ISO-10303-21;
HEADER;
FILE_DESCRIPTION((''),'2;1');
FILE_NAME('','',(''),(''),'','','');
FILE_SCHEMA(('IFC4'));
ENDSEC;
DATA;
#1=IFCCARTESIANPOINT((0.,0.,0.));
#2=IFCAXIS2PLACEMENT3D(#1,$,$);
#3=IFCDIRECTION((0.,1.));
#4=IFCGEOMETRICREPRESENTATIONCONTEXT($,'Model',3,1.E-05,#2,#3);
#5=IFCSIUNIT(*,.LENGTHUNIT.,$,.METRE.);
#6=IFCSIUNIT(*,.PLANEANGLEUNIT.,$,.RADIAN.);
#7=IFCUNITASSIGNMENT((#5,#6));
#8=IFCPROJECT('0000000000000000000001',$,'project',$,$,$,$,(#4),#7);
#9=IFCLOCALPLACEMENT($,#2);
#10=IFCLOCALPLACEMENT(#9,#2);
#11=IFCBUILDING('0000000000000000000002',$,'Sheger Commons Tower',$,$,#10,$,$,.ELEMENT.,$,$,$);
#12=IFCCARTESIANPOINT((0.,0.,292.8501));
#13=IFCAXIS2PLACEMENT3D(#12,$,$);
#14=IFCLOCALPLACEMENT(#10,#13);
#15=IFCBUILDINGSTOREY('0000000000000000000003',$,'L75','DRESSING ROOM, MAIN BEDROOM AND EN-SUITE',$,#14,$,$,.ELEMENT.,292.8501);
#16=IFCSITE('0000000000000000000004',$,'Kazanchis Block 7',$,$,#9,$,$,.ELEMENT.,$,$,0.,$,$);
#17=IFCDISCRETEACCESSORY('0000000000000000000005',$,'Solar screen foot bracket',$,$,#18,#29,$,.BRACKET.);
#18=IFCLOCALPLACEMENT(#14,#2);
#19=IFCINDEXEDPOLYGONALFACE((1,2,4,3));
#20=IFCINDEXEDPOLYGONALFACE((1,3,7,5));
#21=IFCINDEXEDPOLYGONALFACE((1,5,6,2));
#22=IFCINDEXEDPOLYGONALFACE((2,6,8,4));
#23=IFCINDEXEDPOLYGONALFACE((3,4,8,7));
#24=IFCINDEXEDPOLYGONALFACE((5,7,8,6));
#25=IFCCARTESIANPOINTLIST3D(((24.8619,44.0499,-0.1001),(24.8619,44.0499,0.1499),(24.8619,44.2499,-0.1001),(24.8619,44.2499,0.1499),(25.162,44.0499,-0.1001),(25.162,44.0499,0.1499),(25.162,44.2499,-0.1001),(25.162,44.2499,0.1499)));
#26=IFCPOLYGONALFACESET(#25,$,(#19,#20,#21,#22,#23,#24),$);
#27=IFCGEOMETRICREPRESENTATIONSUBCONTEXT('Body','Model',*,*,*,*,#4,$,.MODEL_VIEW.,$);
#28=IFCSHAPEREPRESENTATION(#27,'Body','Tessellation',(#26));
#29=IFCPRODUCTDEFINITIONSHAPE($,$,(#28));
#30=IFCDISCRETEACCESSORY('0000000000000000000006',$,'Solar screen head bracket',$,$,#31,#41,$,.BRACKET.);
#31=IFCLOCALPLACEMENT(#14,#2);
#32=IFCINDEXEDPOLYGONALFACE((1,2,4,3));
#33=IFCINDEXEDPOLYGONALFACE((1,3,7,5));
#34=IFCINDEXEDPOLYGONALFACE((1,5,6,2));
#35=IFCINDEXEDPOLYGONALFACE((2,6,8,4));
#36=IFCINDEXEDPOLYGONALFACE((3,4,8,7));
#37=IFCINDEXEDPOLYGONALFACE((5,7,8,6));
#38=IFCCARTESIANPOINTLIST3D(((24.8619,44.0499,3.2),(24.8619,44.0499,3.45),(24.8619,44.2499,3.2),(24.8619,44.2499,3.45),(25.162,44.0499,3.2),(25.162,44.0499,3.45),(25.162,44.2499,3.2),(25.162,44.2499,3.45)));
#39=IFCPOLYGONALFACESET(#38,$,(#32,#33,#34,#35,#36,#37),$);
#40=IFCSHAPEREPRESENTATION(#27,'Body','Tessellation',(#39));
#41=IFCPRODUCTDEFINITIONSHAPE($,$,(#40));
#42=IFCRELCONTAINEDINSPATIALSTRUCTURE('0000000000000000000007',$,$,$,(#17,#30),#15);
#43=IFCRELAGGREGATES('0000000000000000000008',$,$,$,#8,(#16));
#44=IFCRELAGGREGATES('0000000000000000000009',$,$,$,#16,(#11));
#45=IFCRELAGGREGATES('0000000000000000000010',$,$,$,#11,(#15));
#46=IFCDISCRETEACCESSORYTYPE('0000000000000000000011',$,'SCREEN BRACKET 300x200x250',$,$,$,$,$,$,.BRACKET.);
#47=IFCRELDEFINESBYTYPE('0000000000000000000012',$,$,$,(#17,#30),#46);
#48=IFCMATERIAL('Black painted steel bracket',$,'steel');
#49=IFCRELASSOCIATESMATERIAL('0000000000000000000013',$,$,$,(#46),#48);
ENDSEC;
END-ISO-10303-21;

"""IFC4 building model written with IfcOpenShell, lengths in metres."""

from ifc_helpers import new_model, si_unit, direction, frame, origin, origin_2d, place, context, subcontext, project, spatial, rectangle, extrude, material, type_object, element, save


model = new_model("IFC4")

# Units and contexts
model_context = context("Model", 3, precision=1e-05, world=origin(), true_north=direction((0.0, 1.0)))
body_context = subcontext(model_context, "Body", "Model", "MODEL_VIEW")
ifc_project = project(units=[si_unit("LENGTHUNIT", "METRE"), si_unit("PLANEANGLEUNIT", "RADIAN")], contexts=[model_context])

# Site, building, storey
site_placement = place(None, origin())
site = spatial("IfcSite", under=ifc_project, at=site_placement, Name="Kazanchis Block 7", CompositionType="ELEMENT", RefElevation=0.0)
building_placement = place(site_placement, origin())
building = spatial("IfcBuilding", under=site, at=building_placement, Name="Sheger Commons Tower", CompositionType="ELEMENT")
storey_placement = place(building_placement, frame((0.0, 0.0, 292.8501)))
storey = spatial("IfcBuildingStorey", under=building, at=storey_placement, Name="L75", Description="DRESSING ROOM, MAIN BEDROOM AND EN-SUITE", CompositionType="ELEMENT", Elevation=292.8501)

# Discrete accessories
ifc_material_1 = material(Name="Black painted steel bracket", Category="steel")
discrete_accessory_type = type_object("IfcDiscreteAccessoryType", Name="SCREEN BRACKET 300x200x250", PredefinedType="BRACKET", material=ifc_material_1)
for number, where, z_axis, x_axis, name in (
    (1, (25.012, 44.1499, -0.1001), (0.0, 0.0, 1.0), (-1.0, 0.0, 0.0), "Solar screen foot bracket"),
    (2, (25.012, 44.1499, 3.2), (0.0, 0.0, 1.0), (-1.0, 0.0, 0.0), "Solar screen head bracket"),
):
    element("IfcDiscreteAccessory", number, at=place(storey_placement, frame(where, z_axis=z_axis, x_axis=x_axis)), inside=storey, type_object=discrete_accessory_type, Name=name, PredefinedType="BRACKET", context=body_context, shape_type="SweptSolid", body=[
        extrude(rectangle(XDim=0.3, YDim=0.2, at=origin_2d()), origin(), (0.0, 0.0, 1.0), 0.25),
    ])

save(model, "model.ifc")
